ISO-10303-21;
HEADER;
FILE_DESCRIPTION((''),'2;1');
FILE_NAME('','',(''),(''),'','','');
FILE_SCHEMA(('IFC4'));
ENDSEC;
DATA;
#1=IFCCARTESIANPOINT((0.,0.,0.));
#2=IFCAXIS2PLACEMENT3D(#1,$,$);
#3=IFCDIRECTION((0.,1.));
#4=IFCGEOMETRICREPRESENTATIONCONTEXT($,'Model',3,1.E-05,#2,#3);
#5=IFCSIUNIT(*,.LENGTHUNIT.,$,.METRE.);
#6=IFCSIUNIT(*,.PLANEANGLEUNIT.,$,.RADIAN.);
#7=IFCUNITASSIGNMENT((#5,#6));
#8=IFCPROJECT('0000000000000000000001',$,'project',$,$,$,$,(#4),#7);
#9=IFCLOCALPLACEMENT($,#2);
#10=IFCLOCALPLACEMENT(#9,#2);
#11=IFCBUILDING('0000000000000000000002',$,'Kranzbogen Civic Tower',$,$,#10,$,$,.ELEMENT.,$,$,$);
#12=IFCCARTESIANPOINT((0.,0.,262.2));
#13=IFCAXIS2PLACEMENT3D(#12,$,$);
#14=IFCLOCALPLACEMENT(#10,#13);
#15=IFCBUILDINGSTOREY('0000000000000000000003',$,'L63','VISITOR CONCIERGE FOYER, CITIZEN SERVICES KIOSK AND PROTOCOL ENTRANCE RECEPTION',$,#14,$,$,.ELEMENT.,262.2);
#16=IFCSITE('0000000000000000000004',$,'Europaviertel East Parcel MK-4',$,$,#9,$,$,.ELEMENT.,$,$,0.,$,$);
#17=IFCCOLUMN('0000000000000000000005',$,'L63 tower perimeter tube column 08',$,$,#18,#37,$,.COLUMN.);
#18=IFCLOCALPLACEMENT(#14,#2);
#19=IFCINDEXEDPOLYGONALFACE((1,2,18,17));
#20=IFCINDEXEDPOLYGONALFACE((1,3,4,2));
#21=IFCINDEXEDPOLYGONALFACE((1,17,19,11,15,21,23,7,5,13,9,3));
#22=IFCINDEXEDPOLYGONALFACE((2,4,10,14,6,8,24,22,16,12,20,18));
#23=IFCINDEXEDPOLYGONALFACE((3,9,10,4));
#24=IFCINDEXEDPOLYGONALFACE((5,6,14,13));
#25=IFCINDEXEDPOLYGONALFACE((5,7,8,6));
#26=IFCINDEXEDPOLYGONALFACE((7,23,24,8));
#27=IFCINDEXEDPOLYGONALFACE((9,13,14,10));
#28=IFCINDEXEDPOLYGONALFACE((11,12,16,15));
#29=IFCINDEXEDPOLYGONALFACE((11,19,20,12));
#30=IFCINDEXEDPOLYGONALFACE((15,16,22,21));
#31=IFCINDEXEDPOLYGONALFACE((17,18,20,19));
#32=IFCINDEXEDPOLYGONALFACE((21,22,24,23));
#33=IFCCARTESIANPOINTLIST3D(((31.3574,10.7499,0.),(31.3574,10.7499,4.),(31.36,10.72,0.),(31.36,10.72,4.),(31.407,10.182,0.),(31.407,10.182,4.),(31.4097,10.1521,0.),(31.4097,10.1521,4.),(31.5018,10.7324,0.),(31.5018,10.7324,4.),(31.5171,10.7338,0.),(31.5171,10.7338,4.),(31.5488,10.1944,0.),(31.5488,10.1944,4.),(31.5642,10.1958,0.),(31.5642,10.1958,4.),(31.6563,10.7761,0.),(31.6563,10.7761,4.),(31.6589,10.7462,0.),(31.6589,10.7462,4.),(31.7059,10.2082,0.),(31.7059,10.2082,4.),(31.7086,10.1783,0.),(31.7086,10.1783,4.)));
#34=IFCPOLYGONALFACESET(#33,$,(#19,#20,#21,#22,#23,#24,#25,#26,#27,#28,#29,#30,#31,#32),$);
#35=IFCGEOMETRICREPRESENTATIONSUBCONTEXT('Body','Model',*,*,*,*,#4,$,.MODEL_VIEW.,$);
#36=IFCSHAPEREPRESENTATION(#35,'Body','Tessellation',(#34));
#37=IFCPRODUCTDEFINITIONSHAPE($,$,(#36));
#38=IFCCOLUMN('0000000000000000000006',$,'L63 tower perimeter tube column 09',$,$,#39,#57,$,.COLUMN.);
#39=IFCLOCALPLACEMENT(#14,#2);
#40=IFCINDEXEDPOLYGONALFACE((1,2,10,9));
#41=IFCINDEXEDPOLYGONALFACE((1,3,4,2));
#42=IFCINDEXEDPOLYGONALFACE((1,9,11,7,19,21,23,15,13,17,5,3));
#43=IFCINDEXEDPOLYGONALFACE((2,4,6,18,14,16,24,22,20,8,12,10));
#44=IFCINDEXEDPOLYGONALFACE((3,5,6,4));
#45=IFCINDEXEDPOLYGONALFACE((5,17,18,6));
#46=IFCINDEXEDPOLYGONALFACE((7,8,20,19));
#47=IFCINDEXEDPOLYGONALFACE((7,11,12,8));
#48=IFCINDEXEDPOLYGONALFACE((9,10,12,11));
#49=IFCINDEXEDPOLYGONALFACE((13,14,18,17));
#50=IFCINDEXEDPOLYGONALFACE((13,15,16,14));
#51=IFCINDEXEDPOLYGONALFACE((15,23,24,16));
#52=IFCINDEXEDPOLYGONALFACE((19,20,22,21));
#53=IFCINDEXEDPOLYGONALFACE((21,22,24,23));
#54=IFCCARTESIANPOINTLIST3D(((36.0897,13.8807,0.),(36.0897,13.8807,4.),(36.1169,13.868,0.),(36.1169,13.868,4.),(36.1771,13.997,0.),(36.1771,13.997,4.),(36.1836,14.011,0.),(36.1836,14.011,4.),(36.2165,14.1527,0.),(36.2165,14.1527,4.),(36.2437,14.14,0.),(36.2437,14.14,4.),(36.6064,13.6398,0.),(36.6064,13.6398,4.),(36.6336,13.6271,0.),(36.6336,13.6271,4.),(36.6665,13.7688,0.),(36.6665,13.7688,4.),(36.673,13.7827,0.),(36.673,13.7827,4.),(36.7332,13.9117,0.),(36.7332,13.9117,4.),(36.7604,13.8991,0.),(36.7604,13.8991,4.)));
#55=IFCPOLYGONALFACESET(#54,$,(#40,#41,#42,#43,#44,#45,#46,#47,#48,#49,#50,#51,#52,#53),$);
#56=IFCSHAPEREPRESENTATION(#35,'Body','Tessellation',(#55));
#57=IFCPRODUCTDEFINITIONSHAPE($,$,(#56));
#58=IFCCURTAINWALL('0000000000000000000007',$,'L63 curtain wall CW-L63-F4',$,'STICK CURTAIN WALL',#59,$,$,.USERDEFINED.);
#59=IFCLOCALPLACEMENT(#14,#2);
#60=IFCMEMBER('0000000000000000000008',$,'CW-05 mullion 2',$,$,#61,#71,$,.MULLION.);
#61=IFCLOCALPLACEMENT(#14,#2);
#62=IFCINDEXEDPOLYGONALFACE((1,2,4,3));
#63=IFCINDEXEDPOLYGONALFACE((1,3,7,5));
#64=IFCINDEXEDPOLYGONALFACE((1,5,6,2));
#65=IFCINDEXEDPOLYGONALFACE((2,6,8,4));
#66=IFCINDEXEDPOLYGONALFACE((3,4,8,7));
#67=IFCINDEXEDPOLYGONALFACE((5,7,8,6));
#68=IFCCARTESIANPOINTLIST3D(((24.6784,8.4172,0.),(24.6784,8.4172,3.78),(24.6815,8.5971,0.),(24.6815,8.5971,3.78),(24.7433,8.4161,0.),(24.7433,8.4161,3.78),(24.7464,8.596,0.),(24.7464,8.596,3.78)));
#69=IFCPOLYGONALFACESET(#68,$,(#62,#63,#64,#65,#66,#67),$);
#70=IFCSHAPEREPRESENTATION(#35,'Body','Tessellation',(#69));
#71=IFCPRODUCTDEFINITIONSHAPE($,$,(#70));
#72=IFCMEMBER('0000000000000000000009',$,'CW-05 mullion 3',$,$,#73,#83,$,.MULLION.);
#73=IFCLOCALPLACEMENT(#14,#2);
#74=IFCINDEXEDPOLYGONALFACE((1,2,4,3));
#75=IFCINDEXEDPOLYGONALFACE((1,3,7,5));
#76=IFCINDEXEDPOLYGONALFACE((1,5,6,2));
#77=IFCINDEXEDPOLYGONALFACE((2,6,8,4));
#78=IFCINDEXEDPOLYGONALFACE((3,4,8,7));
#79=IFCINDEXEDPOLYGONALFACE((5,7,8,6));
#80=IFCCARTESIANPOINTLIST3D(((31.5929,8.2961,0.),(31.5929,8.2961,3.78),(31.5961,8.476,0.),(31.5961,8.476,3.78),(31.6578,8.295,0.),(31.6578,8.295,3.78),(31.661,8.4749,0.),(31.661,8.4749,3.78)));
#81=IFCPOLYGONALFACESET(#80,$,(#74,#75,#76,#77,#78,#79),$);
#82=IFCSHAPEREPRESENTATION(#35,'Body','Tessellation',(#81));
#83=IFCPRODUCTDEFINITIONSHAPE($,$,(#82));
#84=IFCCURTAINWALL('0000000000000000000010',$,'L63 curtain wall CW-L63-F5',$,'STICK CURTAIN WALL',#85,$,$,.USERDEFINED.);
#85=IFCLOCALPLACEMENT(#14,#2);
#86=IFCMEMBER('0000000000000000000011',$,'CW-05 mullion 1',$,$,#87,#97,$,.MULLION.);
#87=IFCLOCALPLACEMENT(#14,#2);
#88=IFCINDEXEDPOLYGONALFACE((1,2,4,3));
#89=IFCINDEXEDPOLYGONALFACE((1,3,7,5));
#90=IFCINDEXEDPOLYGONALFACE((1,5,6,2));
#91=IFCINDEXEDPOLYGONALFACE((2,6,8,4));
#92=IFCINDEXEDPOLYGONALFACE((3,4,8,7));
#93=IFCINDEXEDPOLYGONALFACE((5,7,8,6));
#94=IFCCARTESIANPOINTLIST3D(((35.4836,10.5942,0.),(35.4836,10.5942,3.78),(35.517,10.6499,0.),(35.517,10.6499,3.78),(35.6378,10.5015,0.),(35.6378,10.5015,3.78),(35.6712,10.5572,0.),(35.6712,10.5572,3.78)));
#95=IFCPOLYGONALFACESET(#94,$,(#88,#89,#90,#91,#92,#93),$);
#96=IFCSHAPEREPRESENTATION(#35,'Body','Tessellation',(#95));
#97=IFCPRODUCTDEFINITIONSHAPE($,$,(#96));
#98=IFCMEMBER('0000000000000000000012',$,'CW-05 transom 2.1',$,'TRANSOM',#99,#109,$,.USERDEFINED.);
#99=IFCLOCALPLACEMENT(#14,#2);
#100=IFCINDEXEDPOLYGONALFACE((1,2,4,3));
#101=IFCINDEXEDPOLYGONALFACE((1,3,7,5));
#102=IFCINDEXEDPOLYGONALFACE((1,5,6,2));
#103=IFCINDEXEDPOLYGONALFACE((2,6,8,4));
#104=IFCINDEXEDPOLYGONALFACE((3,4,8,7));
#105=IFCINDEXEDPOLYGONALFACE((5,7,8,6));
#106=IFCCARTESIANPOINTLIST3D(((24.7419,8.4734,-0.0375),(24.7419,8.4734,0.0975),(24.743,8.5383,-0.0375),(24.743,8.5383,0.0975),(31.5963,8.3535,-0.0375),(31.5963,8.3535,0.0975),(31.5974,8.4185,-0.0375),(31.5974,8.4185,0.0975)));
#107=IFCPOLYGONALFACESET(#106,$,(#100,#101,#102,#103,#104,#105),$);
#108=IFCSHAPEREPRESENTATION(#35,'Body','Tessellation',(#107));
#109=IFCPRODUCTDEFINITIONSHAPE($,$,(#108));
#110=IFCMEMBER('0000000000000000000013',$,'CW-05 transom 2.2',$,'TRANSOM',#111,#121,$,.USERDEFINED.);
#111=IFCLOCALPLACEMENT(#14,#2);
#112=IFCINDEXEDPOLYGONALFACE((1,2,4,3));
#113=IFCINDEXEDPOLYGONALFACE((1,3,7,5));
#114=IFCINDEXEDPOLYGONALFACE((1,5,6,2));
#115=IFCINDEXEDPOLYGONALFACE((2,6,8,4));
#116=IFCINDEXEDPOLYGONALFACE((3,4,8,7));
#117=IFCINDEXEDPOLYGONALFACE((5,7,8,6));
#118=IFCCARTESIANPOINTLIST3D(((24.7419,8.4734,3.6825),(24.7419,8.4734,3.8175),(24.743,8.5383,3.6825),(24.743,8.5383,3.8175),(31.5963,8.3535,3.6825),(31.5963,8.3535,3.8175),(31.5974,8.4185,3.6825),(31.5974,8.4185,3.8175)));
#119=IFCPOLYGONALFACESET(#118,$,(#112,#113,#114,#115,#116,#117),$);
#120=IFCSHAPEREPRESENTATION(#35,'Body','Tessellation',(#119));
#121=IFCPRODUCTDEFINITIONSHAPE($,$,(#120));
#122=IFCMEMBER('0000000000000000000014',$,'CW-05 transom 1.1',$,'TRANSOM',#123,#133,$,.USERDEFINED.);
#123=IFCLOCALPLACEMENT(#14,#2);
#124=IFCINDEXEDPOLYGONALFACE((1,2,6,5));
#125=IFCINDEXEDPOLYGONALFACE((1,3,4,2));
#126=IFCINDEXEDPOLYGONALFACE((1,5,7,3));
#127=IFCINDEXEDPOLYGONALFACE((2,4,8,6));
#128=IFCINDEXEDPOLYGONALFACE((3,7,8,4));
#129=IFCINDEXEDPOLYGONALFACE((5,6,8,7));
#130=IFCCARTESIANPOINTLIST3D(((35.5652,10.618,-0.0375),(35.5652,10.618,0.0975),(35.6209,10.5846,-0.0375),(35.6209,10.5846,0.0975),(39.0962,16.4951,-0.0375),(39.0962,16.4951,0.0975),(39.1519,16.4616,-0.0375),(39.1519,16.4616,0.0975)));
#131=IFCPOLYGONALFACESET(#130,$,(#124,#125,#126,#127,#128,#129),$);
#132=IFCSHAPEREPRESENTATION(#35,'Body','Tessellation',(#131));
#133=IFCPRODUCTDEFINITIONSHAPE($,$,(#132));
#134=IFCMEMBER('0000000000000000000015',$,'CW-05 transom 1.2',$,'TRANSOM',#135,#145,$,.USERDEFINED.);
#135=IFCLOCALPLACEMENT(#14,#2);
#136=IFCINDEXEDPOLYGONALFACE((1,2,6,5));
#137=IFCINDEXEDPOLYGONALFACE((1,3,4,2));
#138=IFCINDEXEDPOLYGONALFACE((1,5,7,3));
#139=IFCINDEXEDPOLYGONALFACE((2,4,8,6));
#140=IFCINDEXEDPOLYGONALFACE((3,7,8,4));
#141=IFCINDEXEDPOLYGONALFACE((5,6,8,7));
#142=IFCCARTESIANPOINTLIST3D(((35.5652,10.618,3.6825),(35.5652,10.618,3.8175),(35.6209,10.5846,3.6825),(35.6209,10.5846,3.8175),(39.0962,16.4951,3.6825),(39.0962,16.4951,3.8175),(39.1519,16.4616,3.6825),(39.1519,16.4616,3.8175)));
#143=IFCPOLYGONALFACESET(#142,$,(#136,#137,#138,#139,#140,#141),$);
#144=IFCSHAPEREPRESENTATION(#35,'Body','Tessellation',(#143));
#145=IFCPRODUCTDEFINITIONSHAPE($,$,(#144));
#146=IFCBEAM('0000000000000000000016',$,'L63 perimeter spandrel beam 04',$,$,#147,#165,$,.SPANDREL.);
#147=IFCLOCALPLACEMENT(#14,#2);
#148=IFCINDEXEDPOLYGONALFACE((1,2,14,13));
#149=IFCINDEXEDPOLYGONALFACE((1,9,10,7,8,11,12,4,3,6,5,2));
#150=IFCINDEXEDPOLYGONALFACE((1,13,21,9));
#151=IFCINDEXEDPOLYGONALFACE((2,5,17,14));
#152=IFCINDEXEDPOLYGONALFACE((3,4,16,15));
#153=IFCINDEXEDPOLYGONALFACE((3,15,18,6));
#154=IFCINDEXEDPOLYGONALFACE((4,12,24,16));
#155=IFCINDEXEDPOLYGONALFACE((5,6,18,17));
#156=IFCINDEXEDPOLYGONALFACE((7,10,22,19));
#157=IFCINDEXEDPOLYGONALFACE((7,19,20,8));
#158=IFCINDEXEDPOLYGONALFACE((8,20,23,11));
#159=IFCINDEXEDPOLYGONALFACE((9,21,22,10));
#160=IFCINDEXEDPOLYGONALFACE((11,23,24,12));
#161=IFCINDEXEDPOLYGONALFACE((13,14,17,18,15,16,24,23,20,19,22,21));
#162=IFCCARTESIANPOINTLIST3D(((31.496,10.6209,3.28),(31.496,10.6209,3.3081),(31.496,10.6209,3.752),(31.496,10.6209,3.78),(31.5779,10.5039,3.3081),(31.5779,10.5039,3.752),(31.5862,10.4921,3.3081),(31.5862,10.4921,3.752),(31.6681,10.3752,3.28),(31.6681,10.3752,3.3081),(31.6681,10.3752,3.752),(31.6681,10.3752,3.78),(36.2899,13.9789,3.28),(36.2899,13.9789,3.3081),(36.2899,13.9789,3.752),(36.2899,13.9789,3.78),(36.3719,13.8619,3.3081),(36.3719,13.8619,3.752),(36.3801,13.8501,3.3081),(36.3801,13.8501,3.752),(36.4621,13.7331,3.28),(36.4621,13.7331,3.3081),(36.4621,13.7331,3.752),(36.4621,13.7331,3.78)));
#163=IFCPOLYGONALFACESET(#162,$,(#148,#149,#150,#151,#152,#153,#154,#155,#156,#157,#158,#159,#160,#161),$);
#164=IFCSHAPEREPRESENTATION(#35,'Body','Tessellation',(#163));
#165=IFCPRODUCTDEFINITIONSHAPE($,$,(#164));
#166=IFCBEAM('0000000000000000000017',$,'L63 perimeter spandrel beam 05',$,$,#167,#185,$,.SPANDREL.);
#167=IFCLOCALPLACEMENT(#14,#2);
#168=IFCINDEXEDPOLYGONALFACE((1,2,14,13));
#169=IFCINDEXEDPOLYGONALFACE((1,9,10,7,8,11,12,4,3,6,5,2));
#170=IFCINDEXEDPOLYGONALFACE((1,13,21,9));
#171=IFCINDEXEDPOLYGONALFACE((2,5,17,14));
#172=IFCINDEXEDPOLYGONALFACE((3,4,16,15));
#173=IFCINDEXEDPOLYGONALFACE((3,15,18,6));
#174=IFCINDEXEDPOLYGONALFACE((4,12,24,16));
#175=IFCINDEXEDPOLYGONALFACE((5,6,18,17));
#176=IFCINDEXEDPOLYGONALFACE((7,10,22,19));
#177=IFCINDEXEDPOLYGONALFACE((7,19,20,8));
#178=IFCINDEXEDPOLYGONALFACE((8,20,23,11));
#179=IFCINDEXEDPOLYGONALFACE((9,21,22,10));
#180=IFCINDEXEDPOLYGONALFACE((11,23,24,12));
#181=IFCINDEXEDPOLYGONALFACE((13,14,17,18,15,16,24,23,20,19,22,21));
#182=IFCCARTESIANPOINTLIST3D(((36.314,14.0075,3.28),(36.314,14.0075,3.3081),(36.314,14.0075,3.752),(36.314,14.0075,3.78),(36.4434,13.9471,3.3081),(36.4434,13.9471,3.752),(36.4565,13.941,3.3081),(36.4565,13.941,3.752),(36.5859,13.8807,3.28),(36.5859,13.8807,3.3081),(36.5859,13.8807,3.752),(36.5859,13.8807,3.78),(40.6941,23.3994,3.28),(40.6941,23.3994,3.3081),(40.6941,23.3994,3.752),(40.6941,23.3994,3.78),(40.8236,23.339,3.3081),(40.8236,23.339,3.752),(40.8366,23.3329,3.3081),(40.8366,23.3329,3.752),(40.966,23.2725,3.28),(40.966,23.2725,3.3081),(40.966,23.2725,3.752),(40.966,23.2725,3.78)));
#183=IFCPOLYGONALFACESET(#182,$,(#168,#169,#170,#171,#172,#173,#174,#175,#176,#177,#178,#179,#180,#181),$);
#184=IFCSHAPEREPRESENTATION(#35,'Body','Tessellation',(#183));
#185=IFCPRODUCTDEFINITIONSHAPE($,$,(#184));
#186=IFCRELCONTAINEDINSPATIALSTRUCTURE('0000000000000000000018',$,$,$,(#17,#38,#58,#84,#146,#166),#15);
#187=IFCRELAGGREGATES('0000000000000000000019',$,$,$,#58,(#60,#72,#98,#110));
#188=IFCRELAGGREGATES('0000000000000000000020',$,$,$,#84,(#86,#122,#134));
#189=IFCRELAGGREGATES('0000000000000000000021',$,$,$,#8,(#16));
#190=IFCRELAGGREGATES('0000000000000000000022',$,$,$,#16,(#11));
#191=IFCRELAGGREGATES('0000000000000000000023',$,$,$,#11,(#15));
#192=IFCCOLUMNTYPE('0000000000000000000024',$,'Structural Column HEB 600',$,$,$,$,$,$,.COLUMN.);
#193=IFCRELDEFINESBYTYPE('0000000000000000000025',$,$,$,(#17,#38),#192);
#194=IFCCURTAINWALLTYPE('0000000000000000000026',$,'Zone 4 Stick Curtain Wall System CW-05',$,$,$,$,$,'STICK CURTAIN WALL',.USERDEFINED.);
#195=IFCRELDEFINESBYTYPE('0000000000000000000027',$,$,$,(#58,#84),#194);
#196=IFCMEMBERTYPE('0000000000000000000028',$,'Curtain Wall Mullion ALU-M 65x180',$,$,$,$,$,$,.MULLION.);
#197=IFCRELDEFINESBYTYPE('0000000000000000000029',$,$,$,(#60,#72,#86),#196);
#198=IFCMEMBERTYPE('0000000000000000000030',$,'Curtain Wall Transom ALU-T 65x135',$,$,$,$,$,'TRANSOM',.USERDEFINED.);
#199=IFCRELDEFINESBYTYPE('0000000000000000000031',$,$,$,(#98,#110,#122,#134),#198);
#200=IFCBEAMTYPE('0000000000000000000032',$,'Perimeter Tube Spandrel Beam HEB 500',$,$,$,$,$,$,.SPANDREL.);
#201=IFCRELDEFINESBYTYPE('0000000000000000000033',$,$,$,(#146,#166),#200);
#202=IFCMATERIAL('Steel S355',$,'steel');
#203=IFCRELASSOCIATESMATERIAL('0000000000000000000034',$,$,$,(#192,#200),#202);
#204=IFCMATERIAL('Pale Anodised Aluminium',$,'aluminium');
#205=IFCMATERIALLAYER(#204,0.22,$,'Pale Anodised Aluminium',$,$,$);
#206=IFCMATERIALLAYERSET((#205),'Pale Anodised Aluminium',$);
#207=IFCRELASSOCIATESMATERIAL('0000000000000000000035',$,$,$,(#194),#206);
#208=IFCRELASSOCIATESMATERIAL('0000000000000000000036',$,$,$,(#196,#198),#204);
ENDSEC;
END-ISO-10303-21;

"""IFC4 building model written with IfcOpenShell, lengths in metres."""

from ifc_helpers import new_model, si_unit, direction, frame, origin, origin_2d, place, context, subcontext, project, spatial, rectangle, i_section, extrude, material, layer, layer_set, material_profile, profile_set, type_object, element, aggregate, save


model = new_model("IFC4")

# Units and contexts
model_context = context("Model", 3, precision=1e-05, world=origin(), true_north=direction((0.0, 1.0)))
body_context = subcontext(model_context, "Body", "Model", "MODEL_VIEW")
ifc_project = project(units=[si_unit("LENGTHUNIT", "METRE"), si_unit("PLANEANGLEUNIT", "RADIAN")], contexts=[model_context])

# Site, building, storey
site_placement = place(None, origin())
site = spatial("IfcSite", under=ifc_project, at=site_placement, Name="Europaviertel East Parcel MK-4", CompositionType="ELEMENT", RefElevation=0.0)
building_placement = place(site_placement, origin())
building = spatial("IfcBuilding", under=site, at=building_placement, Name="Kranzbogen Civic Tower", CompositionType="ELEMENT")
storey_placement = place(building_placement, frame((0.0, 0.0, 262.2)))
storey = spatial("IfcBuildingStorey", under=building, at=storey_placement, Name="L63", Description="VISITOR CONCIERGE FOYER, CITIZEN SERVICES KIOSK AND PROTOCOL ENTRANCE RECEPTION", CompositionType="ELEMENT", Elevation=262.2)

# Columns
ifc_material_1 = material(Name="Steel S355", Category="steel")
ifc_material_profile_1 = material_profile(ifc_material_1, i_section(OverallWidth=0.3, OverallDepth=0.6001, WebThickness=0.0154, FlangeThickness=0.03, at=origin_2d()), Name="HEB 600")
ifc_profile_set_1 = profile_set([ifc_material_profile_1], Name="Steel S355")
column_type = type_object("IfcColumnType", Name="Structural Column HEB 600", PredefinedType="COLUMN", material=ifc_profile_set_1)
for number, where, z_axis, x_axis, name in (
    (1, (31.533, 10.4641, 0.0), (0.0, 0.0, 1.0), (0.996195, 0.087156, 0.0), "L63 tower perimeter tube column 08"),
    (2, (36.425, 13.8899, 0.0), (0.0, 0.0, 1.0), (0.422618, 0.906308, 0.0), "L63 tower perimeter tube column 09"),
):
    element("IfcColumn", number, at=place(storey_placement, frame(where, z_axis=z_axis, x_axis=x_axis)), inside=storey, type_object=column_type, Name=name, PredefinedType="COLUMN", context=body_context, shape_type="SweptSolid", body=[
        extrude(i_section(OverallWidth=0.3, OverallDepth=0.6001, WebThickness=0.0154, FlangeThickness=0.03, at=origin_2d()), origin(), (0.0, 0.0, 1.0), 4.0),
    ])

# Curtain wall, members
ifc_material_2 = material(Name="Pale Anodised Aluminium", Category="aluminium")
ifc_layer_1 = layer(ifc_material_2, 0.22, Name="Pale Anodised Aluminium")
ifc_layer_set_1 = layer_set([ifc_layer_1], Name="Pale Anodised Aluminium")
curtain_wall_type = type_object("IfcCurtainWallType", Name="Zone 4 Stick Curtain Wall System CW-05", ElementType="STICK CURTAIN WALL", PredefinedType="USERDEFINED", material=ifc_layer_set_1)
curtain_wall_1_placement = place(storey_placement, origin())
curtain_wall_1 = element("IfcCurtainWall", 3, at=curtain_wall_1_placement, inside=storey, type_object=curtain_wall_type, Name="L63 curtain wall CW-L63-F4", ObjectType="STICK CURTAIN WALL", PredefinedType="USERDEFINED")
ifc_material_profile_2 = material_profile(ifc_material_2, rectangle(XDim=0.0649, YDim=0.1799, at=origin_2d()), Name="ALU-M 65x180")
ifc_profile_set_2 = profile_set([ifc_material_profile_2], Name="Pale Anodised Aluminium")
member_type_1 = type_object("IfcMemberType", Name="Curtain Wall Mullion ALU-M 65x180", PredefinedType="MULLION", material=ifc_profile_set_2)
member_1_placement = place(storey_placement, frame((24.7124, 8.5066, 0.0), z_axis=(0.0, 0.0, 1.0), x_axis=(0.999847, -0.017493, 0.0)))
member_1 = element("IfcMember", 4, at=member_1_placement, type_object=member_type_1, Name="CW-05 mullion 2", PredefinedType="MULLION", context=body_context, shape_type="SweptSolid", body=[
    extrude(rectangle(XDim=0.0649, YDim=0.1799, at=origin_2d()), origin(), (0.0, 0.0, 1.0), 3.78),
])
member_2_placement = place(storey_placement, frame((31.627, 8.3855, 0.0), z_axis=(0.0, 0.0, 1.0), x_axis=(0.999847, -0.017493, 0.0)))
member_2 = element("IfcMember", 5, at=member_2_placement, type_object=member_type_1, Name="CW-05 mullion 3", PredefinedType="MULLION", context=body_context, shape_type="SweptSolid", body=[
    extrude(rectangle(XDim=0.0649, YDim=0.1799, at=origin_2d()), origin(), (0.0, 0.0, 1.0), 3.78),
])

# Curtain wall, member
curtain_wall_2_placement = place(storey_placement, origin())
curtain_wall_2 = element("IfcCurtainWall", 6, at=curtain_wall_2_placement, inside=storey, type_object=curtain_wall_type, Name="L63 curtain wall CW-L63-F5", ObjectType="STICK CURTAIN WALL", PredefinedType="USERDEFINED")
member_3_placement = place(storey_placement, frame((35.5774, 10.5757, 0.0), z_axis=(0.0, 0.0, 1.0), x_axis=(0.515036, 0.857169, 0.0)))
member_3 = element("IfcMember", 7, at=member_3_placement, type_object=member_type_1, Name="CW-05 mullion 1", PredefinedType="MULLION", context=body_context, shape_type="SweptSolid", body=[
    extrude(rectangle(XDim=0.0649, YDim=0.1799, at=origin_2d()), origin(), (0.0, 0.0, 1.0), 3.78),
])

# Members
ifc_material_profile_3 = material_profile(ifc_material_2, rectangle(XDim=0.0649, YDim=0.135, at=origin_2d()), Name="ALU-T 65x135")
ifc_profile_set_3 = profile_set([ifc_material_profile_3], Name="Pale Anodised Aluminium")
member_type_2 = type_object("IfcMemberType", Name="Curtain Wall Transom ALU-T 65x135", ElementType="TRANSOM", PredefinedType="USERDEFINED", material=ifc_profile_set_3)
member_4_placement = place(storey_placement, frame((24.7424, 8.5059, 0.03), z_axis=(0.999847, -0.017486, 0.0), x_axis=(0.017486, 0.999847, 0.0)))
member_4 = element("IfcMember", 8, at=member_4_placement, type_object=member_type_2, Name="CW-05 transom 2.1", ObjectType="TRANSOM", PredefinedType="USERDEFINED", context=body_context, shape_type="SweptSolid", body=[
    extrude(rectangle(XDim=0.0649, YDim=0.135, at=origin_2d()), origin(), (0.0, 0.0, 1.0), 6.8555),
])
member_5_placement = place(storey_placement, frame((24.7424, 8.5059, 3.75), z_axis=(0.999847, -0.017486, 0.0), x_axis=(0.017486, 0.999847, 0.0)))
member_5 = element("IfcMember", 9, at=member_5_placement, type_object=member_type_2, Name="CW-05 transom 2.2", ObjectType="TRANSOM", PredefinedType="USERDEFINED", context=body_context, shape_type="SweptSolid", body=[
    extrude(rectangle(XDim=0.0649, YDim=0.135, at=origin_2d()), origin(), (0.0, 0.0, 1.0), 6.8555),
])
member_6_placement = place(storey_placement, frame((35.593, 10.6013, 0.03), z_axis=(0.515014, 0.857182, 0.0), x_axis=(-0.857182, 0.515014, 0.0)))
member_6 = element("IfcMember", 10, at=member_6_placement, type_object=member_type_2, Name="CW-05 transom 1.1", ObjectType="TRANSOM", PredefinedType="USERDEFINED", context=body_context, shape_type="SweptSolid", body=[
    extrude(rectangle(XDim=0.0649, YDim=0.135, at=origin_2d()), origin(), (0.0, 0.0, 1.0), 6.8562),
])
member_7_placement = place(storey_placement, frame((35.593, 10.6013, 3.75), z_axis=(0.515014, 0.857182, 0.0), x_axis=(-0.857182, 0.515014, 0.0)))
member_7 = element("IfcMember", 11, at=member_7_placement, type_object=member_type_2, Name="CW-05 transom 1.2", ObjectType="TRANSOM", PredefinedType="USERDEFINED", context=body_context, shape_type="SweptSolid", body=[
    extrude(rectangle(XDim=0.0649, YDim=0.135, at=origin_2d()), origin(), (0.0, 0.0, 1.0), 6.8562),
])

# Beams
ifc_material_profile_4 = material_profile(ifc_material_1, i_section(OverallWidth=0.3, OverallDepth=0.5, WebThickness=0.0144, FlangeThickness=0.0281, at=origin_2d()), Name="HEB 500")
ifc_profile_set_4 = profile_set([ifc_material_profile_4], Name="Steel S355")
beam_type_1 = type_object("IfcBeamType", Name="Perimeter Tube Spandrel Beam HEB 500", PredefinedType="SPANDREL", material=ifc_profile_set_4)
beam_1_placement = place(storey_placement, frame((31.582, 10.498, 3.53), z_axis=(0.819059, 0.573709, 0.0), x_axis=(-0.573709, 0.819059, 0.0)))
element("IfcBeam", 12, at=beam_1_placement, inside=storey, type_object=beam_type_1, Name="L63 perimeter spandrel beam 04", PredefinedType="SPANDREL", context=body_context, shape_type="SweptSolid", body=[
    extrude(i_section(OverallWidth=0.3, OverallDepth=0.5, WebThickness=0.0144, FlangeThickness=0.0281, at=origin_2d()), origin(), (0.0, 0.0, 1.0), 5.853),
])
beam_2_placement = place(storey_placement, frame((36.45, 13.9441, 3.53), z_axis=(0.422669, 0.906284, 0.0), x_axis=(-0.906284, 0.422669, 0.0)))
element("IfcBeam", 13, at=beam_2_placement, inside=storey, type_object=beam_type_1, Name="L63 perimeter spandrel beam 05", PredefinedType="SPANDREL", context=body_context, shape_type="SweptSolid", body=[
    extrude(i_section(OverallWidth=0.3, OverallDepth=0.5, WebThickness=0.0144, FlangeThickness=0.0281, at=origin_2d()), origin(), (0.0, 0.0, 1.0), 10.363),
])

aggregate(curtain_wall_1, [member_1, member_2, member_4, member_5])
aggregate(curtain_wall_2, [member_3, member_6, member_7])

save(model, "model.ifc")
